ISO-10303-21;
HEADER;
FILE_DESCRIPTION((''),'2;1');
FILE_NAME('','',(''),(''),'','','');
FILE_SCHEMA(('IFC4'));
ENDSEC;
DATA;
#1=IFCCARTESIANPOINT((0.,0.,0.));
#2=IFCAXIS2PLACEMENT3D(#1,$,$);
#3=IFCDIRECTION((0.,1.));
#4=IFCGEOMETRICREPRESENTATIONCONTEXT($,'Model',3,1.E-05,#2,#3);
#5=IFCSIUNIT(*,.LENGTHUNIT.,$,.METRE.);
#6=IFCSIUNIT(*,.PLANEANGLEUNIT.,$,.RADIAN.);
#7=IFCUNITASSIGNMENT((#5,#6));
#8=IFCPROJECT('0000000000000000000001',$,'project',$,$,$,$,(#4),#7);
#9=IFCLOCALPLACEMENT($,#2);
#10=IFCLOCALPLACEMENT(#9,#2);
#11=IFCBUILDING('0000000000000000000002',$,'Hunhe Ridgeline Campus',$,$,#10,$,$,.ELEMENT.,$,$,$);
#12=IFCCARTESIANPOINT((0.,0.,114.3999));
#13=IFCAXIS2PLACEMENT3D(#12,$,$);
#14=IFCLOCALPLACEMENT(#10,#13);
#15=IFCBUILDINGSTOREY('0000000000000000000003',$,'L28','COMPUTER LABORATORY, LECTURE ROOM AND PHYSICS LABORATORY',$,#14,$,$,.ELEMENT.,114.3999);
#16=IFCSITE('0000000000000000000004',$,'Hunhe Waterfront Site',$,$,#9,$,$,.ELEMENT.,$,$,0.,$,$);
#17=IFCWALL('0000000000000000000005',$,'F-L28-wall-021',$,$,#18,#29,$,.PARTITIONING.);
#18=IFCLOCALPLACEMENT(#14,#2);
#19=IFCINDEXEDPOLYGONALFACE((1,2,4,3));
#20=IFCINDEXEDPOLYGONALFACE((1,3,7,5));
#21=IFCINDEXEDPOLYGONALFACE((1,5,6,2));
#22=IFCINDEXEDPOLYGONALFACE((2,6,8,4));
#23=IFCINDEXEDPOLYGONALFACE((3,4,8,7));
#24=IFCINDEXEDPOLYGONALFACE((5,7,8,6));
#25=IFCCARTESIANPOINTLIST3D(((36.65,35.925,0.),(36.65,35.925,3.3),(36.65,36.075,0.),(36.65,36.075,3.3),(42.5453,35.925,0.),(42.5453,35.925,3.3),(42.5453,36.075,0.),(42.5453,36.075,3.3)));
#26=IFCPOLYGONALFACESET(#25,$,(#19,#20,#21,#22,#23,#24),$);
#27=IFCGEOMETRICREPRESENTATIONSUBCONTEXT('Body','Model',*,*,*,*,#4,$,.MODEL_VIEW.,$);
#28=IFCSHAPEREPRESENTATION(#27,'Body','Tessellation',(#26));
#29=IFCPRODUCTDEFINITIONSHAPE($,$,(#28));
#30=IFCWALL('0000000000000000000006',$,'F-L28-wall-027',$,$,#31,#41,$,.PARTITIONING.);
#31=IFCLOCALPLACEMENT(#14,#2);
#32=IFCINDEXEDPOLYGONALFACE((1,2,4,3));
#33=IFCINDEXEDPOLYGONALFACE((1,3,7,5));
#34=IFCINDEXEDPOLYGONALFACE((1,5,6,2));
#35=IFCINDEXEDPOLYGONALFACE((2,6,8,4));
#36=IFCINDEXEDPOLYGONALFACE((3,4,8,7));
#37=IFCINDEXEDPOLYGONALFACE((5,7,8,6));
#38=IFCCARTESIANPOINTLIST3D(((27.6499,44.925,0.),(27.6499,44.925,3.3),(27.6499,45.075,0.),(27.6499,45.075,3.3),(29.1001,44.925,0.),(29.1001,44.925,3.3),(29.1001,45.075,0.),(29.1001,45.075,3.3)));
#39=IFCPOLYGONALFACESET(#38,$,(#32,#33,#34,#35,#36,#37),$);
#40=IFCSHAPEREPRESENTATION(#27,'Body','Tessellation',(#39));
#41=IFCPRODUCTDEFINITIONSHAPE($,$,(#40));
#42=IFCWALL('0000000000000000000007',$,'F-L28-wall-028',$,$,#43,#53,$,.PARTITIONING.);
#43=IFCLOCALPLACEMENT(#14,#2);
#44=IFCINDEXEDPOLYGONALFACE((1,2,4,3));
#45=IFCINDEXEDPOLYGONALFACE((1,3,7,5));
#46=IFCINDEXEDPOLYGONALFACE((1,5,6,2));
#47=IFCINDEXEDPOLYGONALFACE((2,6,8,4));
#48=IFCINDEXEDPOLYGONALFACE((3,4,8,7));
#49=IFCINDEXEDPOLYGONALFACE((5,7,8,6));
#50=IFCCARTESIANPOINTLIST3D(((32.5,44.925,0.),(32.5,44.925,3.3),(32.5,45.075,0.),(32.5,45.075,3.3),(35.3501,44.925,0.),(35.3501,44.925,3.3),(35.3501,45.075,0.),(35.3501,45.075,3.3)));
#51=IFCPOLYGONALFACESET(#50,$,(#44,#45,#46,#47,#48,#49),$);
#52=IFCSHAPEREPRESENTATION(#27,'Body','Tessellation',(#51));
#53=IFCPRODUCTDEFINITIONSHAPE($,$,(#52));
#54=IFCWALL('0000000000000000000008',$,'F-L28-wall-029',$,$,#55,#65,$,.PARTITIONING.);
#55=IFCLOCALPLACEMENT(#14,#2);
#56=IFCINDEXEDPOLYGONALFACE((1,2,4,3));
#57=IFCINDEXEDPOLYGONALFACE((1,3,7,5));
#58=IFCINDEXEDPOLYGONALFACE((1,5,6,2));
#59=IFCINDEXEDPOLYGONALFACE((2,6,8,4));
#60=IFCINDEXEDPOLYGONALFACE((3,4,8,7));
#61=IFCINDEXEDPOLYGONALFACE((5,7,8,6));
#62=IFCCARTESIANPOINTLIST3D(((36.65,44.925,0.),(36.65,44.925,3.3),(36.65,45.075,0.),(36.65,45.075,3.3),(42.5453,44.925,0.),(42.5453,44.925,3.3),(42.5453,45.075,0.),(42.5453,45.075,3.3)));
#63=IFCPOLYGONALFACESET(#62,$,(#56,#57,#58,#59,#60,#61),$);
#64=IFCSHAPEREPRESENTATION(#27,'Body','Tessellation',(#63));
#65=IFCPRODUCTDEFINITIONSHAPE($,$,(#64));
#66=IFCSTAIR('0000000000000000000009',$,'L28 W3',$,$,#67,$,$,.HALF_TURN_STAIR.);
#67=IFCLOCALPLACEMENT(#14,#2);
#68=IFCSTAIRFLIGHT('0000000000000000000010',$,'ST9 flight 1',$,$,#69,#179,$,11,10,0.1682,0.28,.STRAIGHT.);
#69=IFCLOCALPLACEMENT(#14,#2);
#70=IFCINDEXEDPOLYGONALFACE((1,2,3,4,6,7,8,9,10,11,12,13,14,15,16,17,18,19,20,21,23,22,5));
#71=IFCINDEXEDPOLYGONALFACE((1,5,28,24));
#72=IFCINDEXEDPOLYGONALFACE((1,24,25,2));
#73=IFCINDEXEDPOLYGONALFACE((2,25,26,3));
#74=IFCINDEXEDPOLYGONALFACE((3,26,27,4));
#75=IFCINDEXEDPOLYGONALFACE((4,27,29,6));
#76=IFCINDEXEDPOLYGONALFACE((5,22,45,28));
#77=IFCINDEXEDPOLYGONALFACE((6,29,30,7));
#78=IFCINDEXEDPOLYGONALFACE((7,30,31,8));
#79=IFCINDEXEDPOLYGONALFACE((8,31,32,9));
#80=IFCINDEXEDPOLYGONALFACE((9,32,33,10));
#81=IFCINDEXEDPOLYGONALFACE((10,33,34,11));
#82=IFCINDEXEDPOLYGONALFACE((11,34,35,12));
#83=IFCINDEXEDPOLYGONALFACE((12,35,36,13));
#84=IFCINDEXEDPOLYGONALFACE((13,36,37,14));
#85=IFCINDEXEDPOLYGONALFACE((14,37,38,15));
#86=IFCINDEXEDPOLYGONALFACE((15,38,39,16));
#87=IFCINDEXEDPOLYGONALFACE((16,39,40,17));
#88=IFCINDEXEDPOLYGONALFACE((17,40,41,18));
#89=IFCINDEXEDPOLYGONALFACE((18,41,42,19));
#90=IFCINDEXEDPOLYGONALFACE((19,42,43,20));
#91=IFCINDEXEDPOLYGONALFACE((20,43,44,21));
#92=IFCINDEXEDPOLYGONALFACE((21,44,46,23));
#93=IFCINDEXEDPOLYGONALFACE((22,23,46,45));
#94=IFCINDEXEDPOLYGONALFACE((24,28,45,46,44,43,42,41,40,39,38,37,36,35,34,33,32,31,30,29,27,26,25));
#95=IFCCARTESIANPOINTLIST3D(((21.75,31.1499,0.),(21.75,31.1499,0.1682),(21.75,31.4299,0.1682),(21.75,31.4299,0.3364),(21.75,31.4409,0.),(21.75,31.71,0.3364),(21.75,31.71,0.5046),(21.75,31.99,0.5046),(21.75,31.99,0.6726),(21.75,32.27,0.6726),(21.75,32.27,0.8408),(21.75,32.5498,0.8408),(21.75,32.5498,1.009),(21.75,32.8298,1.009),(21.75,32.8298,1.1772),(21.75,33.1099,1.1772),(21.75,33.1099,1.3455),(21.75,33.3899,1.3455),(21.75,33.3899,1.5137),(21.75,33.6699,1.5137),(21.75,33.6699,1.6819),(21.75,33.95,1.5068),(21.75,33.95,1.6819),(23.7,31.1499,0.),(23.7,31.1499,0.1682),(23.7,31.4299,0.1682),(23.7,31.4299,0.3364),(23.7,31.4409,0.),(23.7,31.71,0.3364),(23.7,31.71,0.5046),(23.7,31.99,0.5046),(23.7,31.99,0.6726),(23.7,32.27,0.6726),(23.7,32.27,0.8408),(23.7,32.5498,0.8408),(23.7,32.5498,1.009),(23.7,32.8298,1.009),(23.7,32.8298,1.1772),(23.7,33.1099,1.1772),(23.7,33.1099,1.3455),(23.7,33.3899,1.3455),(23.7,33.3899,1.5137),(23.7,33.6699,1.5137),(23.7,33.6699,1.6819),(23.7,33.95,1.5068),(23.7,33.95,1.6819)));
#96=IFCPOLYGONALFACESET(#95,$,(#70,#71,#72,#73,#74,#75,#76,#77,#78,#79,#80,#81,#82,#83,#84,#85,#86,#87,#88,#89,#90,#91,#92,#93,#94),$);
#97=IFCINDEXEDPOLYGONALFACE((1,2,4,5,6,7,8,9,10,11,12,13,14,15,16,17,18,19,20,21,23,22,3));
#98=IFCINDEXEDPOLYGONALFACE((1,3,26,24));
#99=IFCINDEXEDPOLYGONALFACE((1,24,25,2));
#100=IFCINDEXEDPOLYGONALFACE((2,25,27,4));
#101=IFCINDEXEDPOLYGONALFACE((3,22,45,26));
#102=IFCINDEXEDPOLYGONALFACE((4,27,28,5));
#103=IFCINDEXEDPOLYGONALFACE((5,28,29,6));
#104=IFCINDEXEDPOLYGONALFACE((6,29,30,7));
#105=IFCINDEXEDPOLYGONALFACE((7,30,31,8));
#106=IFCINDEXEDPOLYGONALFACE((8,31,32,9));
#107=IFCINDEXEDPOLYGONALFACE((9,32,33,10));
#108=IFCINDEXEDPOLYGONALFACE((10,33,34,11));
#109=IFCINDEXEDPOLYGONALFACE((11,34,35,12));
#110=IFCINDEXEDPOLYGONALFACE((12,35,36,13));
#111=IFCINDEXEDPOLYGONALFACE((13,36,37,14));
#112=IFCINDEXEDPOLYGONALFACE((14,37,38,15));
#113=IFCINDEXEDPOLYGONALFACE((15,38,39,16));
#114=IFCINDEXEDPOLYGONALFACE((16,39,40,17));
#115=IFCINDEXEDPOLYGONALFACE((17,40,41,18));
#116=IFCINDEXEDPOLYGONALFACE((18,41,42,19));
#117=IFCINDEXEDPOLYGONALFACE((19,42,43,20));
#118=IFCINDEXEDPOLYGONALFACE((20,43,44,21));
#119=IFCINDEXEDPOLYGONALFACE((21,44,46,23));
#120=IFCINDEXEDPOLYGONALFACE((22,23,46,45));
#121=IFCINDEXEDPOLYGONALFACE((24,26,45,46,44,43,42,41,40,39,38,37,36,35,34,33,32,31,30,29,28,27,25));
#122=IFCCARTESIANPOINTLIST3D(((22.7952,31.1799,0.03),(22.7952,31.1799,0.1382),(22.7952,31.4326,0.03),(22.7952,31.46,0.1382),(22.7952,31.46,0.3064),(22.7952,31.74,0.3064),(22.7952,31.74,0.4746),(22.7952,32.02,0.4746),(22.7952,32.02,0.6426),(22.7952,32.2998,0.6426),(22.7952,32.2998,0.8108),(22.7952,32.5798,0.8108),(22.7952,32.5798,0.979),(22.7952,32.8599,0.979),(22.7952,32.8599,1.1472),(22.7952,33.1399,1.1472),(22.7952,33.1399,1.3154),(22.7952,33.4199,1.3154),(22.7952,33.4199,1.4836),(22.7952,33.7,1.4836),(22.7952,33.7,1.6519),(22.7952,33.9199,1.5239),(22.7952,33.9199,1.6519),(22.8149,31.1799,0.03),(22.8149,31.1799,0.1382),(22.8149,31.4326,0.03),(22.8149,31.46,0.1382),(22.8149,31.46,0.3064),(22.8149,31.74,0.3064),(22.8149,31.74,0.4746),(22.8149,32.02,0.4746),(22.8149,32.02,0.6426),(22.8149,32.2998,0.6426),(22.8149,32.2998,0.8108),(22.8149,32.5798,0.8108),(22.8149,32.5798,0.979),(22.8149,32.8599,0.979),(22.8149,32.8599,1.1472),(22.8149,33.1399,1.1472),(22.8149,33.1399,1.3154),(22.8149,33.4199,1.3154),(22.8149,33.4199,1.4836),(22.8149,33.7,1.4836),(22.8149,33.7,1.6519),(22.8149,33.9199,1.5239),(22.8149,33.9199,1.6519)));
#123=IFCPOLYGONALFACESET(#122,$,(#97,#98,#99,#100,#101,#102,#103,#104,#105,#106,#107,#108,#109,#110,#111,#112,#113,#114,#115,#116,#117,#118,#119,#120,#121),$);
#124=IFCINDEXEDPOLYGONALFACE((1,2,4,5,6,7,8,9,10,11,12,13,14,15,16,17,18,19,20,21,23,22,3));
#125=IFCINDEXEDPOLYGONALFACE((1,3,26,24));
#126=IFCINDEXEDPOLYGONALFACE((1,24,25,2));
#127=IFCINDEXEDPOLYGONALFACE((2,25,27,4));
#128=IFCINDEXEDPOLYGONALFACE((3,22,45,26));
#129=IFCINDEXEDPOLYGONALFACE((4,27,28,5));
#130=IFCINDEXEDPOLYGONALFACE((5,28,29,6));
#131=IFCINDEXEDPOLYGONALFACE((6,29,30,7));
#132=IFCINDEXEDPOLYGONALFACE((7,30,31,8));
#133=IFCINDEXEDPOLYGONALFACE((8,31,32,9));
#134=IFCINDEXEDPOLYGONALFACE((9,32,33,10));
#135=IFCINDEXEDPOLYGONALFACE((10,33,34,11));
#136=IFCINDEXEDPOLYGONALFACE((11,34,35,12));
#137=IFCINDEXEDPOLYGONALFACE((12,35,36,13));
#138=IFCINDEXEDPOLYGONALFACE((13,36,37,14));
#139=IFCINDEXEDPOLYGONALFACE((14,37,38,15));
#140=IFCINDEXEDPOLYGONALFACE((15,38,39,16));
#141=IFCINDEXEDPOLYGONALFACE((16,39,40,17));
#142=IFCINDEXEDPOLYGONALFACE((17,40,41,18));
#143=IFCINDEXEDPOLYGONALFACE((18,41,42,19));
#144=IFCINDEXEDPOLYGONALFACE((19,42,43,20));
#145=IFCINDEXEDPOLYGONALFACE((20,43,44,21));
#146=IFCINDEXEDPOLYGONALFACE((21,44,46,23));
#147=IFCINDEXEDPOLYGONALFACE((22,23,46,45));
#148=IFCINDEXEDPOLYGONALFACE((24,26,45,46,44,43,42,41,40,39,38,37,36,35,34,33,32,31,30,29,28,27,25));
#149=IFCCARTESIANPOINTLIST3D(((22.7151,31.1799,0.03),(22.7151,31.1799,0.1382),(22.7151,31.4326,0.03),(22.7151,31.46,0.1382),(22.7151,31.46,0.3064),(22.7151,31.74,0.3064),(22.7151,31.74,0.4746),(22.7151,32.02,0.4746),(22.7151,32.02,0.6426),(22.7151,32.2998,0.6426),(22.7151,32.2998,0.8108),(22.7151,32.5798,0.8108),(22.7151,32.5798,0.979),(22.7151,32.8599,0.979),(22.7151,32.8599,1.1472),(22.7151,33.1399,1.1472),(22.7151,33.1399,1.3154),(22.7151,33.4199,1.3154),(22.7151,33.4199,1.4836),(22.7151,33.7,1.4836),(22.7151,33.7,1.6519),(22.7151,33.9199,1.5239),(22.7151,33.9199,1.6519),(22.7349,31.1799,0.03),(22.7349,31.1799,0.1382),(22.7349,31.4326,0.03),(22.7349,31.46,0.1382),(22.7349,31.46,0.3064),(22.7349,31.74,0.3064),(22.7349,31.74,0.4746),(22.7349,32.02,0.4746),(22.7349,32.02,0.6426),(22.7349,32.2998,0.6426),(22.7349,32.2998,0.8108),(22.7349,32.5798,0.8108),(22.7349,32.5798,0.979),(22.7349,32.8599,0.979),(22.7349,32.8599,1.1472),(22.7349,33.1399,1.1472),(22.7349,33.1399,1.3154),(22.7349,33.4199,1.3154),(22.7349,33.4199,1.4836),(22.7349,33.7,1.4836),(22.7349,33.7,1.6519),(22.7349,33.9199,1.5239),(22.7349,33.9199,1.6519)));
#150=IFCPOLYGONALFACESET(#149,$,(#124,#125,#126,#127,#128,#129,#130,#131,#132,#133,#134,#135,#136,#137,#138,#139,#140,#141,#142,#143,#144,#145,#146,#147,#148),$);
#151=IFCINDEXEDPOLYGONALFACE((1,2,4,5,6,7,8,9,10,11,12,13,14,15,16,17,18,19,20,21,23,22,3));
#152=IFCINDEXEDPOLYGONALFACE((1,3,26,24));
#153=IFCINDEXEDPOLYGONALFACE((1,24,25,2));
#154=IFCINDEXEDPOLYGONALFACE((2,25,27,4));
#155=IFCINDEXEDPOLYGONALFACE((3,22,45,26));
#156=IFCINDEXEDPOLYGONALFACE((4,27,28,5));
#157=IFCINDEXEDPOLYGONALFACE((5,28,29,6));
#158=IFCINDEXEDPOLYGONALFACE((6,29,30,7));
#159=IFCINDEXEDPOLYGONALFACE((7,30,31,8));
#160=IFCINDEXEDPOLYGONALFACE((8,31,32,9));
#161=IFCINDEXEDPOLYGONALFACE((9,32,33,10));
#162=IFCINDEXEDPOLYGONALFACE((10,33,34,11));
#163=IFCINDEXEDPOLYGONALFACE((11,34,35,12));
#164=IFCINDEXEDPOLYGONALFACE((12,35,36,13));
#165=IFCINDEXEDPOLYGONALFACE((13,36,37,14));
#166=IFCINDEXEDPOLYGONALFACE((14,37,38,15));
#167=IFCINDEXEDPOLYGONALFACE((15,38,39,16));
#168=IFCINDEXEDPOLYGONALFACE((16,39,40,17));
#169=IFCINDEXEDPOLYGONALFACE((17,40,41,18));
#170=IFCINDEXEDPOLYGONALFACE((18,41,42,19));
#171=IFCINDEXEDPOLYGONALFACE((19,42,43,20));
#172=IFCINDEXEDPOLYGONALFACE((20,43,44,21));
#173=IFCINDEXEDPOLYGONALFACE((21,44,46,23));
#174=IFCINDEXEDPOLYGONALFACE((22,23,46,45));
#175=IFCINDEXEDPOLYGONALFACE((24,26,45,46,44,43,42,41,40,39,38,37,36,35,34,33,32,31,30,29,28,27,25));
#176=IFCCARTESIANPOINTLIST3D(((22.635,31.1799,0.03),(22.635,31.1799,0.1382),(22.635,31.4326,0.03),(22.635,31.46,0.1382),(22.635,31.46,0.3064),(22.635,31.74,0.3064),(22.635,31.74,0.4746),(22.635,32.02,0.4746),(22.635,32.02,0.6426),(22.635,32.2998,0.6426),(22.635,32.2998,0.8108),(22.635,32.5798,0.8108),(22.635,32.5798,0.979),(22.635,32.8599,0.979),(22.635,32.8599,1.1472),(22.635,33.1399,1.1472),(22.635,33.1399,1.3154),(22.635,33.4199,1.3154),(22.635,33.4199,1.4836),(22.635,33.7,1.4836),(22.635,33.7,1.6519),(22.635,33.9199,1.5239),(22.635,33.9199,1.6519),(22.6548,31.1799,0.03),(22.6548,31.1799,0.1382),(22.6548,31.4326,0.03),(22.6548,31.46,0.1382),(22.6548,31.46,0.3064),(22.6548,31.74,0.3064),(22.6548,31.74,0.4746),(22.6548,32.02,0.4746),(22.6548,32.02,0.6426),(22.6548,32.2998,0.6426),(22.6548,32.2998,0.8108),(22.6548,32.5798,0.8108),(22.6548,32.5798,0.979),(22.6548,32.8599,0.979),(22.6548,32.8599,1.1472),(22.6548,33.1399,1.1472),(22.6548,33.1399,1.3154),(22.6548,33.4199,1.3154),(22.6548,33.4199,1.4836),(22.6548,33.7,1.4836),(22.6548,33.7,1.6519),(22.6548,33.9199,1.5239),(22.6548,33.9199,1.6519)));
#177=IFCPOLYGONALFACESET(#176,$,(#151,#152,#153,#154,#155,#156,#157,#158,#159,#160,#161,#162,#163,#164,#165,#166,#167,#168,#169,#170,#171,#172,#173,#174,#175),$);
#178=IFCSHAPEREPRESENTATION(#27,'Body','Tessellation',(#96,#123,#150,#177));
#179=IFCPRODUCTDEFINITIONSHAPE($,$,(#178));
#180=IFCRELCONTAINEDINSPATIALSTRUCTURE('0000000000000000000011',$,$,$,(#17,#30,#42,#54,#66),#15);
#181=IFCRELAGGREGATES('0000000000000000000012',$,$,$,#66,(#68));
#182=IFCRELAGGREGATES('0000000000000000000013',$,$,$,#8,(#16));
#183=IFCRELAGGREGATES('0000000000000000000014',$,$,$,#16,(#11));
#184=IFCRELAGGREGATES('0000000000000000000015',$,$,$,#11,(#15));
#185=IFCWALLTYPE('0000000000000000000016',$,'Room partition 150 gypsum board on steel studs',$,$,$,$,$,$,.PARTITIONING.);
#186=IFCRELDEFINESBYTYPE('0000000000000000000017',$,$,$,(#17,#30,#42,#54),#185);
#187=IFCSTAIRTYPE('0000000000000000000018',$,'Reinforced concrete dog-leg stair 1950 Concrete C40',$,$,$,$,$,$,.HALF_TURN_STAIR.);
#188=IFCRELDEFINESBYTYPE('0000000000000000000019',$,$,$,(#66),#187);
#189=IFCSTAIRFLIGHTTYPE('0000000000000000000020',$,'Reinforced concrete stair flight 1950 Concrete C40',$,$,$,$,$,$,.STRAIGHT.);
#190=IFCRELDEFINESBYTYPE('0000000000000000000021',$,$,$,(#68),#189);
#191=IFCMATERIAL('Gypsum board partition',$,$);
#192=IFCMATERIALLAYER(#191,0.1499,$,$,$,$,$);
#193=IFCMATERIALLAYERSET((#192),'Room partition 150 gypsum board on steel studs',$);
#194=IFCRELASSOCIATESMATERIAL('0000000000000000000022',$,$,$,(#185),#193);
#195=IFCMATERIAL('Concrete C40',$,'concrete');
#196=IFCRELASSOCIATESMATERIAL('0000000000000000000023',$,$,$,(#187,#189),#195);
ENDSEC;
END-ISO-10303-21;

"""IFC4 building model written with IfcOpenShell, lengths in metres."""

from ifc_helpers import new_model, si_unit, direction, frame, frame_2d, origin, place, context, subcontext, project, spatial, polyline, rectangle, outline, extrude, material, layer, layer_set, type_object, element, aggregate, save


model = new_model("IFC4")

# Units and contexts
model_context = context("Model", 3, precision=1e-05, world=origin(), true_north=direction((0.0, 1.0)))
body_context = subcontext(model_context, "Body", "Model", "MODEL_VIEW")
ifc_project = project(units=[si_unit("LENGTHUNIT", "METRE"), si_unit("PLANEANGLEUNIT", "RADIAN")], contexts=[model_context])

# Site, building, storey
site_placement = place(None, origin())
site = spatial("IfcSite", under=ifc_project, at=site_placement, Name="Hunhe Waterfront Site", CompositionType="ELEMENT", RefElevation=0.0)
building_placement = place(site_placement, origin())
building = spatial("IfcBuilding", under=site, at=building_placement, Name="Hunhe Ridgeline Campus", CompositionType="ELEMENT")
storey_placement = place(building_placement, frame((0.0, 0.0, 114.3999)))
storey = spatial("IfcBuildingStorey", under=building, at=storey_placement, Name="L28", Description="COMPUTER LABORATORY, LECTURE ROOM AND PHYSICS LABORATORY", CompositionType="ELEMENT", Elevation=114.3999)

# Shared definitions
ifc_material_1 = material(Name="Gypsum board partition")

# Walls
ifc_layer_1 = layer(ifc_material_1, 0.1499)
ifc_layer_set_1 = layer_set([ifc_layer_1], Name="Room partition 150 gypsum board on steel studs")
wall_type_1 = type_object("IfcWallType", Name="Room partition 150 gypsum board on steel studs", PredefinedType="PARTITIONING", material=ifc_layer_set_1)
wall_1_placement = place(storey_placement, frame((36.6499, 36.0, 0.0), z_axis=(0.0, 0.0, 1.0), x_axis=(1.0, 0.0, 0.0)))
element("IfcWall", 1, at=wall_1_placement, inside=storey, type_object=wall_type_1, Name="F-L28-wall-021", PredefinedType="PARTITIONING", context=body_context, shape_type="SweptSolid", body=[
    extrude(rectangle(XDim=5.8953, YDim=0.1499, at=frame_2d((2.9478, 0.0))), origin(), (0.0, 0.0, 1.0), 3.3),
])
wall_2_placement = place(storey_placement, frame((27.6499, 45.0, 0.0), z_axis=(0.0, 0.0, 1.0), x_axis=(1.0, 0.0, 0.0)))
element("IfcWall", 2, at=wall_2_placement, inside=storey, type_object=wall_type_1, Name="F-L28-wall-027", PredefinedType="PARTITIONING", context=body_context, shape_type="SweptSolid", body=[
    extrude(rectangle(XDim=1.4502, YDim=0.1499, at=frame_2d((0.7251, 0.0))), origin(), (0.0, 0.0, 1.0), 3.3),
])
wall_3_placement = place(storey_placement, frame((32.5, 45.0, 0.0), z_axis=(0.0, 0.0, 1.0), x_axis=(1.0, 0.0, 0.0)))
element("IfcWall", 3, at=wall_3_placement, inside=storey, type_object=wall_type_1, Name="F-L28-wall-028", PredefinedType="PARTITIONING", context=body_context, shape_type="SweptSolid", body=[
    extrude(rectangle(XDim=2.8501, YDim=0.1499, at=frame_2d((1.425, 0.0))), origin(), (0.0, 0.0, 1.0), 3.3),
])
wall_4_placement = place(storey_placement, frame((36.6499, 45.0, 0.0), z_axis=(0.0, 0.0, 1.0), x_axis=(1.0, 0.0, 0.0)))
element("IfcWall", 4, at=wall_4_placement, inside=storey, type_object=wall_type_1, Name="F-L28-wall-029", PredefinedType="PARTITIONING", context=body_context, shape_type="SweptSolid", body=[
    extrude(rectangle(XDim=5.8953, YDim=0.1499, at=frame_2d((2.9478, 0.0))), origin(), (0.0, 0.0, 1.0), 3.3),
])

# Stair, stair flight
ifc_material_2 = material(Name="Concrete C40", Category="concrete")
stair_type = type_object("IfcStairType", Name="Reinforced concrete dog-leg stair 1950 Concrete C40", PredefinedType="HALF_TURN_STAIR", material=ifc_material_2)
stair_placement = place(storey_placement, origin())
stair = element("IfcStair", 5, at=stair_placement, inside=storey, type_object=stair_type, Name="L28 W3", PredefinedType="HALF_TURN_STAIR")
stair_flight_type = type_object("IfcStairFlightType", Name="Reinforced concrete stair flight 1950 Concrete C40", PredefinedType="STRAIGHT", material=ifc_material_2)
stair_flight_placement = place(storey_placement, frame((22.7251, 31.1499, 0.0), z_axis=(0.0, 0.0, 1.0), x_axis=(0.0, 1.0, 0.0)))
stair_flight = element("IfcStairFlight", 6, at=stair_flight_placement, type_object=stair_flight_type, Name="ST9 flight 1", NumberOfRisers=11, NumberOfTreads=10, PredefinedType="STRAIGHT", RiserHeight=0.1682, TreadLength=0.28, context=body_context, shape_type="SweptSolid", body=[
    extrude(outline(polyline([(0.0, 0.0), (0.0, 0.1682), (0.28, 0.1682), (0.28, 0.3364), (0.5601, 0.3364), (0.5601, 0.5046), (0.8401, 0.5046), (0.8401, 0.6726), (1.1201, 0.6726), (1.1201, 0.8408), (1.3999, 0.8408), (1.3999, 1.009), (1.6799, 1.009), (1.6799, 1.1772), (1.96, 1.1772), (1.96, 1.3455), (2.24, 1.3455), (2.24, 1.5137), (2.52, 1.5137), (2.52, 1.6819), (2.8, 1.6819), (2.8, 1.8501), (2.8, 1.5068), (0.291, 0.0), (0.0, 0.0)])), frame((0.0, 0.9751, 0.0), z_axis=(0.0, -1.0, 0.0), x_axis=(1.0, 0.0, 0.0)), (0.0, 0.0, 1.0), 1.95),
    extrude(outline(polyline([(0.03, 0.03), (0.03, 0.1382), (0.3101, 0.1382), (0.3101, 0.3064), (0.5901, 0.3064), (0.5901, 0.4746), (0.8701, 0.4746), (0.8701, 0.6426), (1.1499, 0.6426), (1.1499, 0.8108), (1.4299, 0.8108), (1.4299, 0.979), (1.71, 0.979), (1.71, 1.1472), (1.99, 1.1472), (1.99, 1.3154), (2.27, 1.3154), (2.27, 1.4836), (2.55, 1.4836), (2.55, 1.6519), (2.77, 1.6519), (2.77, 1.5239), (0.2827, 0.03), (0.03, 0.03)])), frame((0.0, -0.0701, 0.0), z_axis=(0.0, -1.0, 0.0), x_axis=(1.0, 0.0, 0.0)), (0.0, 0.0, 1.0), 0.0198),
    extrude(outline(polyline([(0.03, 0.03), (0.03, 0.1382), (0.3101, 0.1382), (0.3101, 0.3064), (0.5901, 0.3064), (0.5901, 0.4746), (0.8701, 0.4746), (0.8701, 0.6426), (1.1499, 0.6426), (1.1499, 0.8108), (1.4299, 0.8108), (1.4299, 0.979), (1.71, 0.979), (1.71, 1.1472), (1.99, 1.1472), (1.99, 1.3154), (2.27, 1.3154), (2.27, 1.4836), (2.55, 1.4836), (2.55, 1.6519), (2.77, 1.6519), (2.77, 1.5239), (0.2827, 0.03), (0.03, 0.03)])), frame((0.0, 0.01, 0.0), z_axis=(0.0, -1.0, 0.0), x_axis=(1.0, 0.0, 0.0)), (0.0, 0.0, 1.0), 0.0198),
    extrude(outline(polyline([(0.03, 0.03), (0.03, 0.1382), (0.3101, 0.1382), (0.3101, 0.3064), (0.5901, 0.3064), (0.5901, 0.4746), (0.8701, 0.4746), (0.8701, 0.6426), (1.1499, 0.6426), (1.1499, 0.8108), (1.4299, 0.8108), (1.4299, 0.979), (1.71, 0.979), (1.71, 1.1472), (1.99, 1.1472), (1.99, 1.3154), (2.27, 1.3154), (2.27, 1.4836), (2.55, 1.4836), (2.55, 1.6519), (2.77, 1.6519), (2.77, 1.5239), (0.2827, 0.03), (0.03, 0.03)])), frame((0.0, 0.0901, 0.0), z_axis=(0.0, -1.0, 0.0), x_axis=(1.0, 0.0, 0.0)), (0.0, 0.0, 1.0), 0.0198),
])
aggregate(stair, [stair_flight])

save(model, "model.ifc")
